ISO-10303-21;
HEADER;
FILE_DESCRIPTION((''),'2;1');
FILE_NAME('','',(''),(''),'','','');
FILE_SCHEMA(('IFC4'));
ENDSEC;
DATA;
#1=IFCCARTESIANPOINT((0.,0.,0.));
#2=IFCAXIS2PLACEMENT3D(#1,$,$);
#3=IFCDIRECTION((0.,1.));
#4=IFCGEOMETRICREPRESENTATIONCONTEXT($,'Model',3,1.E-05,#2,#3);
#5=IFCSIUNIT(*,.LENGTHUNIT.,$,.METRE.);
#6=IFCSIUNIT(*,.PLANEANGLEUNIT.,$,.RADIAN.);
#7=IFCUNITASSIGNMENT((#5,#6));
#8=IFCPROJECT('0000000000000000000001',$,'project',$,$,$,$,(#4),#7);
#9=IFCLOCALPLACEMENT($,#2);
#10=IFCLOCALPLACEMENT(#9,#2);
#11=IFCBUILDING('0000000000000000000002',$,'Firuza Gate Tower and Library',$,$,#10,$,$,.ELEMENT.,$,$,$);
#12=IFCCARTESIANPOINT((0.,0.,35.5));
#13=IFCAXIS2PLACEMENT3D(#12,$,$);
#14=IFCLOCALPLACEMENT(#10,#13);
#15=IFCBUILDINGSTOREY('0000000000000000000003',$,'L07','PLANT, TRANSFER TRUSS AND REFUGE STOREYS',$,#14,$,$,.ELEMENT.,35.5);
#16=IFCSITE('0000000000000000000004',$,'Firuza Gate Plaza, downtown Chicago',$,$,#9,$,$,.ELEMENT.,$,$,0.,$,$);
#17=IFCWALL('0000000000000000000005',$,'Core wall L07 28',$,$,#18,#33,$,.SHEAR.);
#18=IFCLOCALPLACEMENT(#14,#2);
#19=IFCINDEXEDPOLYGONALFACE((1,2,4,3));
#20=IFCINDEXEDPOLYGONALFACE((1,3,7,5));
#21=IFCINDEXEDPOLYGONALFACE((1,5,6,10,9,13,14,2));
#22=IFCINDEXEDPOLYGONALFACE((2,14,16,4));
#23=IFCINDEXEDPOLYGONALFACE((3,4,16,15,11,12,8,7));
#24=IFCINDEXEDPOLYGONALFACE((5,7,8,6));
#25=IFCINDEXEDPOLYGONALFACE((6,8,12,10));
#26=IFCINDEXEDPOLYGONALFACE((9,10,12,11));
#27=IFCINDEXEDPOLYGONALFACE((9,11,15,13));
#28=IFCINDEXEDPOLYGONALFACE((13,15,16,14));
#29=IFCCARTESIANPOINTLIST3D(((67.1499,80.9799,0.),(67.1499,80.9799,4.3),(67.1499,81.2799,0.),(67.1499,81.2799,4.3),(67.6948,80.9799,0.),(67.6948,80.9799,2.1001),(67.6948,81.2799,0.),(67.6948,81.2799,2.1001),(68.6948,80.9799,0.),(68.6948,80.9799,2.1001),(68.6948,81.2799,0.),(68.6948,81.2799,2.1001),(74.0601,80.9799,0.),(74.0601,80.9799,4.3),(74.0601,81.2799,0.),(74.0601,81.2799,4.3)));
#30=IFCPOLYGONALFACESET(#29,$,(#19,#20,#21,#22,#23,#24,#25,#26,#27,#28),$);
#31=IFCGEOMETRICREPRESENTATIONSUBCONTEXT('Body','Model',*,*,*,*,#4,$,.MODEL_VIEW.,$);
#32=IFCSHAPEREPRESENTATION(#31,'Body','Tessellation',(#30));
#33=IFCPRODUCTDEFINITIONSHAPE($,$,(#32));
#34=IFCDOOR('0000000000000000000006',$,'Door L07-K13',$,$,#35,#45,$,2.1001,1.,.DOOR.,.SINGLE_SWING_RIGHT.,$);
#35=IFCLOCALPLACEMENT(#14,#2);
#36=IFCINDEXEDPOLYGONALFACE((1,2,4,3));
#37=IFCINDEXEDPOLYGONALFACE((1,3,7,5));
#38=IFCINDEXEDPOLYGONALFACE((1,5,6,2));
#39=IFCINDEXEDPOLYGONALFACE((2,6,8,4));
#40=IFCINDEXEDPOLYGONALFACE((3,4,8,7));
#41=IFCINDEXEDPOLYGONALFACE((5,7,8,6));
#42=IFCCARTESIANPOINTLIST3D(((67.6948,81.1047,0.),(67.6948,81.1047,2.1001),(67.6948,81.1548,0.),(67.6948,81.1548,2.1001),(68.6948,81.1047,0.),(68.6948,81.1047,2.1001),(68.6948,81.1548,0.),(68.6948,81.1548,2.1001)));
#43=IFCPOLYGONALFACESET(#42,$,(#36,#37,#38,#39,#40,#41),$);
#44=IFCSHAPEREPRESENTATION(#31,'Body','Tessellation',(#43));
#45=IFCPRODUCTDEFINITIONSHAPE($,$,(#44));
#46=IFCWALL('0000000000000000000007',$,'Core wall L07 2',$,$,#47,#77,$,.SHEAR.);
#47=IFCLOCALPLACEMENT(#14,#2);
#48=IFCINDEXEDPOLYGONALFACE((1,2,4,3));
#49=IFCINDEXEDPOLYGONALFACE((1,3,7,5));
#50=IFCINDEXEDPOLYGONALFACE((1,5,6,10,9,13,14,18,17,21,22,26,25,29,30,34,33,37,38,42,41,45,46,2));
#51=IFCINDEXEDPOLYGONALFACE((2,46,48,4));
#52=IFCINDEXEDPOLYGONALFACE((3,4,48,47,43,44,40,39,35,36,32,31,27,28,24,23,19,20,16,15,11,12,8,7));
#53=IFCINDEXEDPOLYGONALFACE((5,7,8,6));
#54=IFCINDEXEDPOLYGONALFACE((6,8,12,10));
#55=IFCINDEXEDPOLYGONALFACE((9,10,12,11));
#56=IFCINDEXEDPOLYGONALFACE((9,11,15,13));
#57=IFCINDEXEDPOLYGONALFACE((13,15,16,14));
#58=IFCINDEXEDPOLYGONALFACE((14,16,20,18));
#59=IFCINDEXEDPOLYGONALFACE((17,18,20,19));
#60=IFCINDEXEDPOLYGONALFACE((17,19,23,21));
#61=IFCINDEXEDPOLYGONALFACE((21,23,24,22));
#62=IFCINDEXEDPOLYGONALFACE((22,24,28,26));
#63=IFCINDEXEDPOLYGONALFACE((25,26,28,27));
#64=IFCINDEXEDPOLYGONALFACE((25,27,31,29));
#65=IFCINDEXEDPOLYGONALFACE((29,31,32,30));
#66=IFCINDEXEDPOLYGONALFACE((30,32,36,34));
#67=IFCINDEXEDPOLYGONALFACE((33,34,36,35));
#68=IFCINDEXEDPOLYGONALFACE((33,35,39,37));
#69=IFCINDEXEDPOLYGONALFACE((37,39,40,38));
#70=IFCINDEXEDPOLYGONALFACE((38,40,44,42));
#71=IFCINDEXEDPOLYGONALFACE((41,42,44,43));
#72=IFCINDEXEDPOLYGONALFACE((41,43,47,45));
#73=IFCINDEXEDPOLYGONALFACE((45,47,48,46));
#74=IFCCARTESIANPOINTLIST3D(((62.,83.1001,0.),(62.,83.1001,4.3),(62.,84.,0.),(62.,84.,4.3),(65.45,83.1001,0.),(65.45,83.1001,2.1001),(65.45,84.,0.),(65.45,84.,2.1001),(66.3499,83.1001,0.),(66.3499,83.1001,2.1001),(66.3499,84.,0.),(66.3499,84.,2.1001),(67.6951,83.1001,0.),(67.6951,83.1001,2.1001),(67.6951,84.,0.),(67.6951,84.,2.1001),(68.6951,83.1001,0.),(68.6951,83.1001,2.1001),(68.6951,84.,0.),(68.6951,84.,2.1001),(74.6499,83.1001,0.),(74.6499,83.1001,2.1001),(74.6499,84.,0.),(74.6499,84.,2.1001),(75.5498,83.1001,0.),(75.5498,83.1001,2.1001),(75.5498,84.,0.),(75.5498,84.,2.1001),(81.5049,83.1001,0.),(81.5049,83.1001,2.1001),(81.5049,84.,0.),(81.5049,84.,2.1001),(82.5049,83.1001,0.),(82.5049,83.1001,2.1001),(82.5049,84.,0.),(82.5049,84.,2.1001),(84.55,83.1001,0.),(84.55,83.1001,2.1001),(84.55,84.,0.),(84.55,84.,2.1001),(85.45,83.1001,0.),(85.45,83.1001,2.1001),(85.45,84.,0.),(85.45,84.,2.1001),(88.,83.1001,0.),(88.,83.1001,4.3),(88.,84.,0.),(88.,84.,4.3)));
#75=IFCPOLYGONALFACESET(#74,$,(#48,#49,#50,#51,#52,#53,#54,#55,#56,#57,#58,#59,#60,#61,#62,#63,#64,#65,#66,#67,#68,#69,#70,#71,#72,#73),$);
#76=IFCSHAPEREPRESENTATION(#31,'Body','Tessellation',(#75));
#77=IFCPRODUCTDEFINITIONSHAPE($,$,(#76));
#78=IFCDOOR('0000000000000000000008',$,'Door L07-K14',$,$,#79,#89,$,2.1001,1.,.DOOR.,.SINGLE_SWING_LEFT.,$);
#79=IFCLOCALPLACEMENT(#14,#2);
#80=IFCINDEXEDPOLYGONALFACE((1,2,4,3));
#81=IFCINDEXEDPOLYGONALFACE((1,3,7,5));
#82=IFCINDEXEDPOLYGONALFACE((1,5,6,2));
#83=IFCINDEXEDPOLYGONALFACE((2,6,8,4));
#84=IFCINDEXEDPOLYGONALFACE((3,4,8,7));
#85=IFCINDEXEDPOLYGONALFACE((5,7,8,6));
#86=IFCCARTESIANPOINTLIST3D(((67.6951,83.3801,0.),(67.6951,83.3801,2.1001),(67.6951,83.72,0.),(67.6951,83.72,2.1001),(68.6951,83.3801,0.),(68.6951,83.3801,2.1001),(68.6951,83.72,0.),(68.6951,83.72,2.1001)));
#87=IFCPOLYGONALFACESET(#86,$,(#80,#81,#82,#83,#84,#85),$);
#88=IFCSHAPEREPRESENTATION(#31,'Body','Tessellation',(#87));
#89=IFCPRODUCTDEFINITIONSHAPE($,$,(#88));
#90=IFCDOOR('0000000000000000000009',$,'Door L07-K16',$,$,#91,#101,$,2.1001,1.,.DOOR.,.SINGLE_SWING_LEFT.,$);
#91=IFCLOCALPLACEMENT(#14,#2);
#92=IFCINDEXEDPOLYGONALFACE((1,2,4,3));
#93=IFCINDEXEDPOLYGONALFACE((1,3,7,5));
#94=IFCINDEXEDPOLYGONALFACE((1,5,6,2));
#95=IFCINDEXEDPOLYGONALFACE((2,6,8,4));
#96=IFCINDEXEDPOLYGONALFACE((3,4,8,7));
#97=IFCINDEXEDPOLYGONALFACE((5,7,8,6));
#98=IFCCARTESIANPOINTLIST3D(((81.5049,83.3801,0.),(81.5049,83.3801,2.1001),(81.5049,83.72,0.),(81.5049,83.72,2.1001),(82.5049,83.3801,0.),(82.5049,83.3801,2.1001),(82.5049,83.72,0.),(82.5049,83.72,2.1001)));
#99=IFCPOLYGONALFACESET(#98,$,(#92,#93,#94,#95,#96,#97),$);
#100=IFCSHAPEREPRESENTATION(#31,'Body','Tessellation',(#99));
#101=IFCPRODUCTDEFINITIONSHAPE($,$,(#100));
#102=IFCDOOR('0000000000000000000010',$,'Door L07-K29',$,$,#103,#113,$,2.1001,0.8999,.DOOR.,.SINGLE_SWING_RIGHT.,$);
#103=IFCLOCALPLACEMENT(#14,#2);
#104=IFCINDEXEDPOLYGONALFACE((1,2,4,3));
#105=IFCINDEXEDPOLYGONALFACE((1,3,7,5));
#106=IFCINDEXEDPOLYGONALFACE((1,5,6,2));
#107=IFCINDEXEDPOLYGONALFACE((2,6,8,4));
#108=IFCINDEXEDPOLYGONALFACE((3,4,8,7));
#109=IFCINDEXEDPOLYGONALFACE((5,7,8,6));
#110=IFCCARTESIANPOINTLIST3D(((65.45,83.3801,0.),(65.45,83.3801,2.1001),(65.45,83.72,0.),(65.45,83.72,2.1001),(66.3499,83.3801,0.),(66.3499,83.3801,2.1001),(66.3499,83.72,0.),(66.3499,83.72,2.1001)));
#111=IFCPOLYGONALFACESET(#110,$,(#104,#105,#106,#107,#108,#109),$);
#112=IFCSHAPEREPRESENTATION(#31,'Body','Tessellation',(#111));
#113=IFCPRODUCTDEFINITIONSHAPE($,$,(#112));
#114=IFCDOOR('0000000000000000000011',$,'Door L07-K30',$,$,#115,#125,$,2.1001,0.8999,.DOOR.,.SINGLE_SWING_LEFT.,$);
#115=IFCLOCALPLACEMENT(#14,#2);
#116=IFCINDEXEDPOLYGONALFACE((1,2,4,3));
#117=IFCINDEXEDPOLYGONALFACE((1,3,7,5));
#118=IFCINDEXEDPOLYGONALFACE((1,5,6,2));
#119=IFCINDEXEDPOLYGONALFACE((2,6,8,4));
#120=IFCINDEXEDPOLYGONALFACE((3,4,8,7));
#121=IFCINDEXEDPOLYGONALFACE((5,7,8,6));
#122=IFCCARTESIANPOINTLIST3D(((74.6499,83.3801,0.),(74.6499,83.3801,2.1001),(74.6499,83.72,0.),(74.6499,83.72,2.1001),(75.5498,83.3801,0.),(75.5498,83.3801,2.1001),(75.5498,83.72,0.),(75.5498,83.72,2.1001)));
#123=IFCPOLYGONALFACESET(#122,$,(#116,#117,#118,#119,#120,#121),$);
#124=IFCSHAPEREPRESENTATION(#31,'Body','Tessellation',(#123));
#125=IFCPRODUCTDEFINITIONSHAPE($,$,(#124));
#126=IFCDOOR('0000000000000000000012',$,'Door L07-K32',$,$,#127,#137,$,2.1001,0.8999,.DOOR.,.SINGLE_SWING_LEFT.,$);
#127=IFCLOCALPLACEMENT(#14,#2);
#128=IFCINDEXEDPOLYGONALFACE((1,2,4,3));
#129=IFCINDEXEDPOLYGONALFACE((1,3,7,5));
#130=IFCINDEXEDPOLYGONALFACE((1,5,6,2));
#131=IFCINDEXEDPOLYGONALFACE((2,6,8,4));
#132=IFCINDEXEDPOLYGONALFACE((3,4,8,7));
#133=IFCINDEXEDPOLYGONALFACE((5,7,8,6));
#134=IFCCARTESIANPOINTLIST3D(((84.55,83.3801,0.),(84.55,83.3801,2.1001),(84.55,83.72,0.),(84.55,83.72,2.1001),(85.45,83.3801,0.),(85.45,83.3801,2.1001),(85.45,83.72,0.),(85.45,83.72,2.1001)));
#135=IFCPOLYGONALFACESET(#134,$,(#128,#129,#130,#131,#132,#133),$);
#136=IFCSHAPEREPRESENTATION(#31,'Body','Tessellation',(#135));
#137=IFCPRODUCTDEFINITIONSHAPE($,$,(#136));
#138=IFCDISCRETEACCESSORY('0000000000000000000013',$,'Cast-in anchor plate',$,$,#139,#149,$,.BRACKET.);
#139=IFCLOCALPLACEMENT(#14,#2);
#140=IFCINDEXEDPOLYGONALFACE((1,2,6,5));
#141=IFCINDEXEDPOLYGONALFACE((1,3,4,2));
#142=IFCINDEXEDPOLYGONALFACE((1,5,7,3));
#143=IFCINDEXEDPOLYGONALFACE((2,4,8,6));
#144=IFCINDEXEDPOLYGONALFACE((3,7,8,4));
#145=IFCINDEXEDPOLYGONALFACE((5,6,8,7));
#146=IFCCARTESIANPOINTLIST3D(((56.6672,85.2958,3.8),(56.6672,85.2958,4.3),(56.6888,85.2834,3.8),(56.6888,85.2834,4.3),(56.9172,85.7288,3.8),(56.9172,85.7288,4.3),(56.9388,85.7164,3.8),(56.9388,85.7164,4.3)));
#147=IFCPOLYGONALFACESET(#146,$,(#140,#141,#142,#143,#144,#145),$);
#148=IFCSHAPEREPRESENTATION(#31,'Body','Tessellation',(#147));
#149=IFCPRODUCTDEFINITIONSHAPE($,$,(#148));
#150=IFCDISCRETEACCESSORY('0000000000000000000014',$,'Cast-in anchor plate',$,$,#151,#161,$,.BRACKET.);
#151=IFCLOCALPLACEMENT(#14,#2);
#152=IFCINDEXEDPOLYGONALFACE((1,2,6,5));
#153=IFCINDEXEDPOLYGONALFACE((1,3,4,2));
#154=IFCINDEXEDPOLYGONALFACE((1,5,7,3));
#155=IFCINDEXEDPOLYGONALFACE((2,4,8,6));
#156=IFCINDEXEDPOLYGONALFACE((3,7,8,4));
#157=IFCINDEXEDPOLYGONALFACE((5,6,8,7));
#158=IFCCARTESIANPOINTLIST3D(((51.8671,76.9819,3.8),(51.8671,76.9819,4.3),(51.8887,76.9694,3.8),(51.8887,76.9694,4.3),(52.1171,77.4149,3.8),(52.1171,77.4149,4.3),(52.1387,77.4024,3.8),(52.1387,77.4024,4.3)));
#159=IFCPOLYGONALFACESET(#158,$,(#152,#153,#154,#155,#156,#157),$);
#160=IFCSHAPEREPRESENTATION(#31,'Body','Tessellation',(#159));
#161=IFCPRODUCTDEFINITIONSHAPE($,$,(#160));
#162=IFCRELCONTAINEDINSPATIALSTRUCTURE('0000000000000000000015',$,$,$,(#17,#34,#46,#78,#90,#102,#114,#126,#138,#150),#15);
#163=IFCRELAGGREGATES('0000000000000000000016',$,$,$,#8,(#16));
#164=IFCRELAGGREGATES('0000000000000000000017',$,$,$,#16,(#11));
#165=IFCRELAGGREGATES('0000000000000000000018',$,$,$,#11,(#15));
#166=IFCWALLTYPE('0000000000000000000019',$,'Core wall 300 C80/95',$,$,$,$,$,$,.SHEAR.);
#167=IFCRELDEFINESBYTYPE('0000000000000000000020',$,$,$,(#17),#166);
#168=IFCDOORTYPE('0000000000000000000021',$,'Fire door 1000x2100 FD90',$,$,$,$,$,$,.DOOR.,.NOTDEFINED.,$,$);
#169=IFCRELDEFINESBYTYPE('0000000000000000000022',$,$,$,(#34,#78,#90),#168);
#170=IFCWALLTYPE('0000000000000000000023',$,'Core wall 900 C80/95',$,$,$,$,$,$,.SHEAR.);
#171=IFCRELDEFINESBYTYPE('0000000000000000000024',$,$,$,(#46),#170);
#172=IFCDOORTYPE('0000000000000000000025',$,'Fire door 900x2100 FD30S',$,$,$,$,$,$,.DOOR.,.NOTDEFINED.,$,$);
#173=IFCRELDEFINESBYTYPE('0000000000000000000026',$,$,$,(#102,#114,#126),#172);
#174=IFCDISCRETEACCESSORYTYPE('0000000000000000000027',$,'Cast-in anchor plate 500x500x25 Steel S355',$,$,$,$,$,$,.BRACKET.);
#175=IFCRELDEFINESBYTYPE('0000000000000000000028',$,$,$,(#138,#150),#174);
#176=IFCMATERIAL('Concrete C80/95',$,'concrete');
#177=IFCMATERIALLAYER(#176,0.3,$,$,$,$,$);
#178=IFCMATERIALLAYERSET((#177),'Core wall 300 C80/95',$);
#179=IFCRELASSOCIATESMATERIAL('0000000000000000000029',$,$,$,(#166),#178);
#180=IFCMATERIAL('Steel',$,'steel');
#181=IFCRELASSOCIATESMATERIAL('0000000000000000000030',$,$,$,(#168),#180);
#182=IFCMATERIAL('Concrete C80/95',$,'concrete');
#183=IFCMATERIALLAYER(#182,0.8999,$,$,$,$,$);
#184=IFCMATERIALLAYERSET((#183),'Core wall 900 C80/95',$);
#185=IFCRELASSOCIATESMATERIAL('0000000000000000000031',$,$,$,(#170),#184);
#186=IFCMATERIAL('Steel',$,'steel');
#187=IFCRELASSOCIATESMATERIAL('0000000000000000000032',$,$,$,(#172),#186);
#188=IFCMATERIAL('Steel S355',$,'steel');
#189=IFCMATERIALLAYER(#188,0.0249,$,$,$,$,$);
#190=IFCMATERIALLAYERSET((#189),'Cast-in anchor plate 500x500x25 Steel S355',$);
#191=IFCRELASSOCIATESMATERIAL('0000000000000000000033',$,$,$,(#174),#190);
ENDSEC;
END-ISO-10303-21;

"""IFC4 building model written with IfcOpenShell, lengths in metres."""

from ifc_helpers import new_model, si_unit, direction, frame, frame_2d, origin, origin_2d, place, context, subcontext, project, spatial, rectangle, extrude, material, layer, layer_set, type_object, element, fill, save


model = new_model("IFC4")

# Units and contexts
model_context = context("Model", 3, precision=1e-05, world=origin(), true_north=direction((0.0, 1.0)))
body_context = subcontext(model_context, "Body", "Model", "MODEL_VIEW")
ifc_project = project(units=[si_unit("LENGTHUNIT", "METRE"), si_unit("PLANEANGLEUNIT", "RADIAN")], contexts=[model_context])

# Site, building, storey
site_placement = place(None, origin())
site = spatial("IfcSite", under=ifc_project, at=site_placement, Name="Firuza Gate Plaza, downtown Chicago", CompositionType="ELEMENT", RefElevation=0.0)
building_placement = place(site_placement, origin())
building = spatial("IfcBuilding", under=site, at=building_placement, Name="Firuza Gate Tower and Library", CompositionType="ELEMENT")
storey_placement = place(building_placement, frame((0.0, 0.0, 35.5)))
storey = spatial("IfcBuildingStorey", under=building, at=storey_placement, Name="L07", Description="PLANT, TRANSFER TRUSS AND REFUGE STOREYS", CompositionType="ELEMENT", Elevation=35.5)

# Shared definitions
ifc_material_1 = material(Name="Concrete C80/95", Category="concrete")
ifc_layer_1 = layer(ifc_material_1, 0.3)
ifc_layer_set_1 = layer_set([ifc_layer_1], Name="Core wall 300 C80/95")
wall_type_1 = type_object("IfcWallType", Name="Core wall 300 C80/95", PredefinedType="SHEAR", material=ifc_layer_set_1)

# Wall, opening, door
ifc_material_2 = material(Name="Steel", Category="steel")
door_type_1 = type_object("IfcDoorType", Name="Fire door 1000x2100 FD90", OperationType="NOTDEFINED", PredefinedType="DOOR", material=ifc_material_2)
wall_1_placement = place(storey_placement, frame((67.1499, 81.1299, 0.0), z_axis=(0.0, 0.0, 1.0), x_axis=(1.0, 0.0, 0.0)))
wall_1 = element("IfcWall", 1, at=wall_1_placement, inside=storey, type_object=wall_type_1, Name="Core wall L07 28", PredefinedType="SHEAR", context=body_context, shape_type="SweptSolid", body=[
    extrude(rectangle(XDim=6.9102, YDim=0.3, at=frame_2d((3.4551, 0.0))), origin(), (0.0, 0.0, 1.0), 4.3),
])
opening_1_placement = place(wall_1_placement, frame((0.5449, 0.0, 0.0)))
opening_1 = element("IfcOpeningElement", 2, at=opening_1_placement, cuts=wall_1, PredefinedType="OPENING", context=body_context, shape_type="SweptSolid", body=[
    extrude(rectangle(XDim=1.0, YDim=2.1001, at=frame_2d((0.5, 1.05))), frame((0.0, 0.1602, 0.0), z_axis=(0.0, -1.0, 0.0), x_axis=(1.0, 0.0, 0.0)), (0.0, 0.0, 1.0), 0.3201),
])
door_1_placement = place(opening_1_placement, origin())
door_1 = element("IfcDoor", 3, at=door_1_placement, inside=storey, type_object=door_type_1, Name="Door L07-K13", OperationType="SINGLE_SWING_RIGHT", OverallHeight=2.1001, OverallWidth=1.0, PredefinedType="DOOR", context=body_context, shape_type="SweptSolid", body=[
    extrude(rectangle(XDim=1.0, YDim=2.1001, at=frame_2d((0.5, 1.05))), frame((0.0, 0.0249, 0.0), z_axis=(0.0, -1.0, 0.0), x_axis=(1.0, 0.0, 0.0)), (0.0, 0.0, 1.0), 0.05),
])
fill(opening_1, door_1)

# Wall, openings, doors
ifc_material_3 = material(Name="Concrete C80/95", Category="concrete")
ifc_layer_2 = layer(ifc_material_3, 0.8999)
ifc_layer_set_2 = layer_set([ifc_layer_2], Name="Core wall 900 C80/95")
wall_type_2 = type_object("IfcWallType", Name="Core wall 900 C80/95", PredefinedType="SHEAR", material=ifc_layer_set_2)
wall_2_placement = place(storey_placement, frame((62.0, 83.55, 0.0), z_axis=(0.0, 0.0, 1.0), x_axis=(1.0, 0.0, 0.0)))
wall_2 = element("IfcWall", 4, at=wall_2_placement, inside=storey, type_object=wall_type_2, Name="Core wall L07 2", PredefinedType="SHEAR", context=body_context, shape_type="SweptSolid", body=[
    extrude(rectangle(XDim=26.0, YDim=0.8999, at=frame_2d((13.0, 0.0))), origin(), (0.0, 0.0, 1.0), 4.3),
])
opening_2_placement = place(wall_2_placement, frame((5.6951, 0.0, 0.0)))
opening_2 = element("IfcOpeningElement", 5, at=opening_2_placement, cuts=wall_2, PredefinedType="OPENING", context=body_context, shape_type="SweptSolid", body=[
    extrude(rectangle(XDim=1.0, YDim=2.1001, at=frame_2d((0.5, 1.05))), frame((0.0, 0.46, 0.0), z_axis=(0.0, -1.0, 0.0), x_axis=(1.0, 0.0, 0.0)), (0.0, 0.0, 1.0), 0.9199),
])
opening_3_placement = place(wall_2_placement, frame((19.5049, 0.0, 0.0)))
opening_3 = element("IfcOpeningElement", 6, at=opening_3_placement, cuts=wall_2, PredefinedType="OPENING", context=body_context, shape_type="SweptSolid", body=[
    extrude(rectangle(XDim=1.0, YDim=2.1001, at=frame_2d((0.5, 1.05))), frame((0.0, 0.46, 0.0), z_axis=(0.0, -1.0, 0.0), x_axis=(1.0, 0.0, 0.0)), (0.0, 0.0, 1.0), 0.9199),
])
opening_4_placement = place(wall_2_placement, frame((3.45, 0.0, 0.0)))
opening_4 = element("IfcOpeningElement", 7, at=opening_4_placement, cuts=wall_2, PredefinedType="OPENING", context=body_context, shape_type="SweptSolid", body=[
    extrude(rectangle(XDim=0.8999, YDim=2.1001, at=frame_2d((0.45, 1.05))), frame((0.0, 0.46, 0.0), z_axis=(0.0, -1.0, 0.0), x_axis=(1.0, 0.0, 0.0)), (0.0, 0.0, 1.0), 0.9199),
])
opening_5_placement = place(wall_2_placement, frame((12.6499, 0.0, 0.0)))
opening_5 = element("IfcOpeningElement", 8, at=opening_5_placement, cuts=wall_2, PredefinedType="OPENING", context=body_context, shape_type="SweptSolid", body=[
    extrude(rectangle(XDim=0.8999, YDim=2.1001, at=frame_2d((0.45, 1.05))), frame((0.0, 0.46, 0.0), z_axis=(0.0, -1.0, 0.0), x_axis=(1.0, 0.0, 0.0)), (0.0, 0.0, 1.0), 0.9199),
])
opening_6_placement = place(wall_2_placement, frame((22.55, 0.0, 0.0)))
opening_6 = element("IfcOpeningElement", 9, at=opening_6_placement, cuts=wall_2, PredefinedType="OPENING", context=body_context, shape_type="SweptSolid", body=[
    extrude(rectangle(XDim=0.8999, YDim=2.1001, at=frame_2d((0.45, 1.05))), frame((0.0, 0.46, 0.0), z_axis=(0.0, -1.0, 0.0), x_axis=(1.0, 0.0, 0.0)), (0.0, 0.0, 1.0), 0.9199),
])
door_2_placement = place(opening_2_placement, origin())
door_2 = element("IfcDoor", 10, at=door_2_placement, inside=storey, type_object=door_type_1, Name="Door L07-K14", OperationType="SINGLE_SWING_LEFT", OverallHeight=2.1001, OverallWidth=1.0, PredefinedType="DOOR", context=body_context, shape_type="SweptSolid", body=[
    extrude(rectangle(XDim=1.0, YDim=2.1001, at=frame_2d((0.5, 1.05))), frame((0.0, 0.1699, 0.0), z_axis=(0.0, -1.0, 0.0), x_axis=(1.0, 0.0, 0.0)), (0.0, 0.0, 1.0), 0.3398),
])
fill(opening_2, door_2)
door_3_placement = place(opening_3_placement, origin())
door_3 = element("IfcDoor", 11, at=door_3_placement, inside=storey, type_object=door_type_1, Name="Door L07-K16", OperationType="SINGLE_SWING_LEFT", OverallHeight=2.1001, OverallWidth=1.0, PredefinedType="DOOR", context=body_context, shape_type="SweptSolid", body=[
    extrude(rectangle(XDim=1.0, YDim=2.1001, at=frame_2d((0.5, 1.05))), frame((0.0, 0.1699, 0.0), z_axis=(0.0, -1.0, 0.0), x_axis=(1.0, 0.0, 0.0)), (0.0, 0.0, 1.0), 0.3398),
])
fill(opening_3, door_3)
ifc_material_4 = material(Name="Steel", Category="steel")
door_type_2 = type_object("IfcDoorType", Name="Fire door 900x2100 FD30S", OperationType="NOTDEFINED", PredefinedType="DOOR", material=ifc_material_4)
door_4_placement = place(opening_4_placement, origin())
door_4 = element("IfcDoor", 12, at=door_4_placement, inside=storey, type_object=door_type_2, Name="Door L07-K29", OperationType="SINGLE_SWING_RIGHT", OverallHeight=2.1001, OverallWidth=0.8999, PredefinedType="DOOR", context=body_context, shape_type="SweptSolid", body=[
    extrude(rectangle(XDim=0.8999, YDim=2.1001, at=frame_2d((0.45, 1.05))), frame((0.0, 0.1699, 0.0), z_axis=(0.0, -1.0, 0.0), x_axis=(1.0, 0.0, 0.0)), (0.0, 0.0, 1.0), 0.3398),
])
fill(opening_4, door_4)
door_5_placement = place(opening_5_placement, origin())
door_5 = element("IfcDoor", 13, at=door_5_placement, inside=storey, type_object=door_type_2, Name="Door L07-K30", OperationType="SINGLE_SWING_LEFT", OverallHeight=2.1001, OverallWidth=0.8999, PredefinedType="DOOR", context=body_context, shape_type="SweptSolid", body=[
    extrude(rectangle(XDim=0.8999, YDim=2.1001, at=frame_2d((0.45, 1.05))), frame((0.0, 0.1699, 0.0), z_axis=(0.0, -1.0, 0.0), x_axis=(1.0, 0.0, 0.0)), (0.0, 0.0, 1.0), 0.3398),
])
fill(opening_5, door_5)
door_6_placement = place(opening_6_placement, origin())
door_6 = element("IfcDoor", 14, at=door_6_placement, inside=storey, type_object=door_type_2, Name="Door L07-K32", OperationType="SINGLE_SWING_LEFT", OverallHeight=2.1001, OverallWidth=0.8999, PredefinedType="DOOR", context=body_context, shape_type="SweptSolid", body=[
    extrude(rectangle(XDim=0.8999, YDim=2.1001, at=frame_2d((0.45, 1.05))), frame((0.0, 0.1699, 0.0), z_axis=(0.0, -1.0, 0.0), x_axis=(1.0, 0.0, 0.0)), (0.0, 0.0, 1.0), 0.3398),
])
fill(opening_6, door_6)

# Discrete accessories
ifc_material_5 = material(Name="Steel S355", Category="steel")
ifc_layer_3 = layer(ifc_material_5, 0.0249)
ifc_layer_set_3 = layer_set([ifc_layer_3], Name="Cast-in anchor plate 500x500x25 Steel S355")
discrete_accessory_type = type_object("IfcDiscreteAccessoryType", Name="Cast-in anchor plate 500x500x25 Steel S355", PredefinedType="BRACKET", material=ifc_layer_set_3)
for number, where, z_axis, x_axis, name in (
    (15, (56.803, 85.5061, 3.8), (0.0, 0.0, 1.0), (-0.5, -0.866025, 0.0), "Cast-in anchor plate"),
    (16, (52.0029, 77.1921, 3.8), (0.0, 0.0, 1.0), (-0.5, -0.866025, 0.0), "Cast-in anchor plate"),
):
    element("IfcDiscreteAccessory", number, at=place(storey_placement, frame(where, z_axis=z_axis, x_axis=x_axis)), inside=storey, type_object=discrete_accessory_type, Name=name, PredefinedType="BRACKET", context=body_context, shape_type="SweptSolid", body=[
        extrude(rectangle(XDim=0.5, YDim=0.0249, at=origin_2d()), origin(), (0.0, 0.0, 1.0), 0.5),
    ])

save(model, "model.ifc")
